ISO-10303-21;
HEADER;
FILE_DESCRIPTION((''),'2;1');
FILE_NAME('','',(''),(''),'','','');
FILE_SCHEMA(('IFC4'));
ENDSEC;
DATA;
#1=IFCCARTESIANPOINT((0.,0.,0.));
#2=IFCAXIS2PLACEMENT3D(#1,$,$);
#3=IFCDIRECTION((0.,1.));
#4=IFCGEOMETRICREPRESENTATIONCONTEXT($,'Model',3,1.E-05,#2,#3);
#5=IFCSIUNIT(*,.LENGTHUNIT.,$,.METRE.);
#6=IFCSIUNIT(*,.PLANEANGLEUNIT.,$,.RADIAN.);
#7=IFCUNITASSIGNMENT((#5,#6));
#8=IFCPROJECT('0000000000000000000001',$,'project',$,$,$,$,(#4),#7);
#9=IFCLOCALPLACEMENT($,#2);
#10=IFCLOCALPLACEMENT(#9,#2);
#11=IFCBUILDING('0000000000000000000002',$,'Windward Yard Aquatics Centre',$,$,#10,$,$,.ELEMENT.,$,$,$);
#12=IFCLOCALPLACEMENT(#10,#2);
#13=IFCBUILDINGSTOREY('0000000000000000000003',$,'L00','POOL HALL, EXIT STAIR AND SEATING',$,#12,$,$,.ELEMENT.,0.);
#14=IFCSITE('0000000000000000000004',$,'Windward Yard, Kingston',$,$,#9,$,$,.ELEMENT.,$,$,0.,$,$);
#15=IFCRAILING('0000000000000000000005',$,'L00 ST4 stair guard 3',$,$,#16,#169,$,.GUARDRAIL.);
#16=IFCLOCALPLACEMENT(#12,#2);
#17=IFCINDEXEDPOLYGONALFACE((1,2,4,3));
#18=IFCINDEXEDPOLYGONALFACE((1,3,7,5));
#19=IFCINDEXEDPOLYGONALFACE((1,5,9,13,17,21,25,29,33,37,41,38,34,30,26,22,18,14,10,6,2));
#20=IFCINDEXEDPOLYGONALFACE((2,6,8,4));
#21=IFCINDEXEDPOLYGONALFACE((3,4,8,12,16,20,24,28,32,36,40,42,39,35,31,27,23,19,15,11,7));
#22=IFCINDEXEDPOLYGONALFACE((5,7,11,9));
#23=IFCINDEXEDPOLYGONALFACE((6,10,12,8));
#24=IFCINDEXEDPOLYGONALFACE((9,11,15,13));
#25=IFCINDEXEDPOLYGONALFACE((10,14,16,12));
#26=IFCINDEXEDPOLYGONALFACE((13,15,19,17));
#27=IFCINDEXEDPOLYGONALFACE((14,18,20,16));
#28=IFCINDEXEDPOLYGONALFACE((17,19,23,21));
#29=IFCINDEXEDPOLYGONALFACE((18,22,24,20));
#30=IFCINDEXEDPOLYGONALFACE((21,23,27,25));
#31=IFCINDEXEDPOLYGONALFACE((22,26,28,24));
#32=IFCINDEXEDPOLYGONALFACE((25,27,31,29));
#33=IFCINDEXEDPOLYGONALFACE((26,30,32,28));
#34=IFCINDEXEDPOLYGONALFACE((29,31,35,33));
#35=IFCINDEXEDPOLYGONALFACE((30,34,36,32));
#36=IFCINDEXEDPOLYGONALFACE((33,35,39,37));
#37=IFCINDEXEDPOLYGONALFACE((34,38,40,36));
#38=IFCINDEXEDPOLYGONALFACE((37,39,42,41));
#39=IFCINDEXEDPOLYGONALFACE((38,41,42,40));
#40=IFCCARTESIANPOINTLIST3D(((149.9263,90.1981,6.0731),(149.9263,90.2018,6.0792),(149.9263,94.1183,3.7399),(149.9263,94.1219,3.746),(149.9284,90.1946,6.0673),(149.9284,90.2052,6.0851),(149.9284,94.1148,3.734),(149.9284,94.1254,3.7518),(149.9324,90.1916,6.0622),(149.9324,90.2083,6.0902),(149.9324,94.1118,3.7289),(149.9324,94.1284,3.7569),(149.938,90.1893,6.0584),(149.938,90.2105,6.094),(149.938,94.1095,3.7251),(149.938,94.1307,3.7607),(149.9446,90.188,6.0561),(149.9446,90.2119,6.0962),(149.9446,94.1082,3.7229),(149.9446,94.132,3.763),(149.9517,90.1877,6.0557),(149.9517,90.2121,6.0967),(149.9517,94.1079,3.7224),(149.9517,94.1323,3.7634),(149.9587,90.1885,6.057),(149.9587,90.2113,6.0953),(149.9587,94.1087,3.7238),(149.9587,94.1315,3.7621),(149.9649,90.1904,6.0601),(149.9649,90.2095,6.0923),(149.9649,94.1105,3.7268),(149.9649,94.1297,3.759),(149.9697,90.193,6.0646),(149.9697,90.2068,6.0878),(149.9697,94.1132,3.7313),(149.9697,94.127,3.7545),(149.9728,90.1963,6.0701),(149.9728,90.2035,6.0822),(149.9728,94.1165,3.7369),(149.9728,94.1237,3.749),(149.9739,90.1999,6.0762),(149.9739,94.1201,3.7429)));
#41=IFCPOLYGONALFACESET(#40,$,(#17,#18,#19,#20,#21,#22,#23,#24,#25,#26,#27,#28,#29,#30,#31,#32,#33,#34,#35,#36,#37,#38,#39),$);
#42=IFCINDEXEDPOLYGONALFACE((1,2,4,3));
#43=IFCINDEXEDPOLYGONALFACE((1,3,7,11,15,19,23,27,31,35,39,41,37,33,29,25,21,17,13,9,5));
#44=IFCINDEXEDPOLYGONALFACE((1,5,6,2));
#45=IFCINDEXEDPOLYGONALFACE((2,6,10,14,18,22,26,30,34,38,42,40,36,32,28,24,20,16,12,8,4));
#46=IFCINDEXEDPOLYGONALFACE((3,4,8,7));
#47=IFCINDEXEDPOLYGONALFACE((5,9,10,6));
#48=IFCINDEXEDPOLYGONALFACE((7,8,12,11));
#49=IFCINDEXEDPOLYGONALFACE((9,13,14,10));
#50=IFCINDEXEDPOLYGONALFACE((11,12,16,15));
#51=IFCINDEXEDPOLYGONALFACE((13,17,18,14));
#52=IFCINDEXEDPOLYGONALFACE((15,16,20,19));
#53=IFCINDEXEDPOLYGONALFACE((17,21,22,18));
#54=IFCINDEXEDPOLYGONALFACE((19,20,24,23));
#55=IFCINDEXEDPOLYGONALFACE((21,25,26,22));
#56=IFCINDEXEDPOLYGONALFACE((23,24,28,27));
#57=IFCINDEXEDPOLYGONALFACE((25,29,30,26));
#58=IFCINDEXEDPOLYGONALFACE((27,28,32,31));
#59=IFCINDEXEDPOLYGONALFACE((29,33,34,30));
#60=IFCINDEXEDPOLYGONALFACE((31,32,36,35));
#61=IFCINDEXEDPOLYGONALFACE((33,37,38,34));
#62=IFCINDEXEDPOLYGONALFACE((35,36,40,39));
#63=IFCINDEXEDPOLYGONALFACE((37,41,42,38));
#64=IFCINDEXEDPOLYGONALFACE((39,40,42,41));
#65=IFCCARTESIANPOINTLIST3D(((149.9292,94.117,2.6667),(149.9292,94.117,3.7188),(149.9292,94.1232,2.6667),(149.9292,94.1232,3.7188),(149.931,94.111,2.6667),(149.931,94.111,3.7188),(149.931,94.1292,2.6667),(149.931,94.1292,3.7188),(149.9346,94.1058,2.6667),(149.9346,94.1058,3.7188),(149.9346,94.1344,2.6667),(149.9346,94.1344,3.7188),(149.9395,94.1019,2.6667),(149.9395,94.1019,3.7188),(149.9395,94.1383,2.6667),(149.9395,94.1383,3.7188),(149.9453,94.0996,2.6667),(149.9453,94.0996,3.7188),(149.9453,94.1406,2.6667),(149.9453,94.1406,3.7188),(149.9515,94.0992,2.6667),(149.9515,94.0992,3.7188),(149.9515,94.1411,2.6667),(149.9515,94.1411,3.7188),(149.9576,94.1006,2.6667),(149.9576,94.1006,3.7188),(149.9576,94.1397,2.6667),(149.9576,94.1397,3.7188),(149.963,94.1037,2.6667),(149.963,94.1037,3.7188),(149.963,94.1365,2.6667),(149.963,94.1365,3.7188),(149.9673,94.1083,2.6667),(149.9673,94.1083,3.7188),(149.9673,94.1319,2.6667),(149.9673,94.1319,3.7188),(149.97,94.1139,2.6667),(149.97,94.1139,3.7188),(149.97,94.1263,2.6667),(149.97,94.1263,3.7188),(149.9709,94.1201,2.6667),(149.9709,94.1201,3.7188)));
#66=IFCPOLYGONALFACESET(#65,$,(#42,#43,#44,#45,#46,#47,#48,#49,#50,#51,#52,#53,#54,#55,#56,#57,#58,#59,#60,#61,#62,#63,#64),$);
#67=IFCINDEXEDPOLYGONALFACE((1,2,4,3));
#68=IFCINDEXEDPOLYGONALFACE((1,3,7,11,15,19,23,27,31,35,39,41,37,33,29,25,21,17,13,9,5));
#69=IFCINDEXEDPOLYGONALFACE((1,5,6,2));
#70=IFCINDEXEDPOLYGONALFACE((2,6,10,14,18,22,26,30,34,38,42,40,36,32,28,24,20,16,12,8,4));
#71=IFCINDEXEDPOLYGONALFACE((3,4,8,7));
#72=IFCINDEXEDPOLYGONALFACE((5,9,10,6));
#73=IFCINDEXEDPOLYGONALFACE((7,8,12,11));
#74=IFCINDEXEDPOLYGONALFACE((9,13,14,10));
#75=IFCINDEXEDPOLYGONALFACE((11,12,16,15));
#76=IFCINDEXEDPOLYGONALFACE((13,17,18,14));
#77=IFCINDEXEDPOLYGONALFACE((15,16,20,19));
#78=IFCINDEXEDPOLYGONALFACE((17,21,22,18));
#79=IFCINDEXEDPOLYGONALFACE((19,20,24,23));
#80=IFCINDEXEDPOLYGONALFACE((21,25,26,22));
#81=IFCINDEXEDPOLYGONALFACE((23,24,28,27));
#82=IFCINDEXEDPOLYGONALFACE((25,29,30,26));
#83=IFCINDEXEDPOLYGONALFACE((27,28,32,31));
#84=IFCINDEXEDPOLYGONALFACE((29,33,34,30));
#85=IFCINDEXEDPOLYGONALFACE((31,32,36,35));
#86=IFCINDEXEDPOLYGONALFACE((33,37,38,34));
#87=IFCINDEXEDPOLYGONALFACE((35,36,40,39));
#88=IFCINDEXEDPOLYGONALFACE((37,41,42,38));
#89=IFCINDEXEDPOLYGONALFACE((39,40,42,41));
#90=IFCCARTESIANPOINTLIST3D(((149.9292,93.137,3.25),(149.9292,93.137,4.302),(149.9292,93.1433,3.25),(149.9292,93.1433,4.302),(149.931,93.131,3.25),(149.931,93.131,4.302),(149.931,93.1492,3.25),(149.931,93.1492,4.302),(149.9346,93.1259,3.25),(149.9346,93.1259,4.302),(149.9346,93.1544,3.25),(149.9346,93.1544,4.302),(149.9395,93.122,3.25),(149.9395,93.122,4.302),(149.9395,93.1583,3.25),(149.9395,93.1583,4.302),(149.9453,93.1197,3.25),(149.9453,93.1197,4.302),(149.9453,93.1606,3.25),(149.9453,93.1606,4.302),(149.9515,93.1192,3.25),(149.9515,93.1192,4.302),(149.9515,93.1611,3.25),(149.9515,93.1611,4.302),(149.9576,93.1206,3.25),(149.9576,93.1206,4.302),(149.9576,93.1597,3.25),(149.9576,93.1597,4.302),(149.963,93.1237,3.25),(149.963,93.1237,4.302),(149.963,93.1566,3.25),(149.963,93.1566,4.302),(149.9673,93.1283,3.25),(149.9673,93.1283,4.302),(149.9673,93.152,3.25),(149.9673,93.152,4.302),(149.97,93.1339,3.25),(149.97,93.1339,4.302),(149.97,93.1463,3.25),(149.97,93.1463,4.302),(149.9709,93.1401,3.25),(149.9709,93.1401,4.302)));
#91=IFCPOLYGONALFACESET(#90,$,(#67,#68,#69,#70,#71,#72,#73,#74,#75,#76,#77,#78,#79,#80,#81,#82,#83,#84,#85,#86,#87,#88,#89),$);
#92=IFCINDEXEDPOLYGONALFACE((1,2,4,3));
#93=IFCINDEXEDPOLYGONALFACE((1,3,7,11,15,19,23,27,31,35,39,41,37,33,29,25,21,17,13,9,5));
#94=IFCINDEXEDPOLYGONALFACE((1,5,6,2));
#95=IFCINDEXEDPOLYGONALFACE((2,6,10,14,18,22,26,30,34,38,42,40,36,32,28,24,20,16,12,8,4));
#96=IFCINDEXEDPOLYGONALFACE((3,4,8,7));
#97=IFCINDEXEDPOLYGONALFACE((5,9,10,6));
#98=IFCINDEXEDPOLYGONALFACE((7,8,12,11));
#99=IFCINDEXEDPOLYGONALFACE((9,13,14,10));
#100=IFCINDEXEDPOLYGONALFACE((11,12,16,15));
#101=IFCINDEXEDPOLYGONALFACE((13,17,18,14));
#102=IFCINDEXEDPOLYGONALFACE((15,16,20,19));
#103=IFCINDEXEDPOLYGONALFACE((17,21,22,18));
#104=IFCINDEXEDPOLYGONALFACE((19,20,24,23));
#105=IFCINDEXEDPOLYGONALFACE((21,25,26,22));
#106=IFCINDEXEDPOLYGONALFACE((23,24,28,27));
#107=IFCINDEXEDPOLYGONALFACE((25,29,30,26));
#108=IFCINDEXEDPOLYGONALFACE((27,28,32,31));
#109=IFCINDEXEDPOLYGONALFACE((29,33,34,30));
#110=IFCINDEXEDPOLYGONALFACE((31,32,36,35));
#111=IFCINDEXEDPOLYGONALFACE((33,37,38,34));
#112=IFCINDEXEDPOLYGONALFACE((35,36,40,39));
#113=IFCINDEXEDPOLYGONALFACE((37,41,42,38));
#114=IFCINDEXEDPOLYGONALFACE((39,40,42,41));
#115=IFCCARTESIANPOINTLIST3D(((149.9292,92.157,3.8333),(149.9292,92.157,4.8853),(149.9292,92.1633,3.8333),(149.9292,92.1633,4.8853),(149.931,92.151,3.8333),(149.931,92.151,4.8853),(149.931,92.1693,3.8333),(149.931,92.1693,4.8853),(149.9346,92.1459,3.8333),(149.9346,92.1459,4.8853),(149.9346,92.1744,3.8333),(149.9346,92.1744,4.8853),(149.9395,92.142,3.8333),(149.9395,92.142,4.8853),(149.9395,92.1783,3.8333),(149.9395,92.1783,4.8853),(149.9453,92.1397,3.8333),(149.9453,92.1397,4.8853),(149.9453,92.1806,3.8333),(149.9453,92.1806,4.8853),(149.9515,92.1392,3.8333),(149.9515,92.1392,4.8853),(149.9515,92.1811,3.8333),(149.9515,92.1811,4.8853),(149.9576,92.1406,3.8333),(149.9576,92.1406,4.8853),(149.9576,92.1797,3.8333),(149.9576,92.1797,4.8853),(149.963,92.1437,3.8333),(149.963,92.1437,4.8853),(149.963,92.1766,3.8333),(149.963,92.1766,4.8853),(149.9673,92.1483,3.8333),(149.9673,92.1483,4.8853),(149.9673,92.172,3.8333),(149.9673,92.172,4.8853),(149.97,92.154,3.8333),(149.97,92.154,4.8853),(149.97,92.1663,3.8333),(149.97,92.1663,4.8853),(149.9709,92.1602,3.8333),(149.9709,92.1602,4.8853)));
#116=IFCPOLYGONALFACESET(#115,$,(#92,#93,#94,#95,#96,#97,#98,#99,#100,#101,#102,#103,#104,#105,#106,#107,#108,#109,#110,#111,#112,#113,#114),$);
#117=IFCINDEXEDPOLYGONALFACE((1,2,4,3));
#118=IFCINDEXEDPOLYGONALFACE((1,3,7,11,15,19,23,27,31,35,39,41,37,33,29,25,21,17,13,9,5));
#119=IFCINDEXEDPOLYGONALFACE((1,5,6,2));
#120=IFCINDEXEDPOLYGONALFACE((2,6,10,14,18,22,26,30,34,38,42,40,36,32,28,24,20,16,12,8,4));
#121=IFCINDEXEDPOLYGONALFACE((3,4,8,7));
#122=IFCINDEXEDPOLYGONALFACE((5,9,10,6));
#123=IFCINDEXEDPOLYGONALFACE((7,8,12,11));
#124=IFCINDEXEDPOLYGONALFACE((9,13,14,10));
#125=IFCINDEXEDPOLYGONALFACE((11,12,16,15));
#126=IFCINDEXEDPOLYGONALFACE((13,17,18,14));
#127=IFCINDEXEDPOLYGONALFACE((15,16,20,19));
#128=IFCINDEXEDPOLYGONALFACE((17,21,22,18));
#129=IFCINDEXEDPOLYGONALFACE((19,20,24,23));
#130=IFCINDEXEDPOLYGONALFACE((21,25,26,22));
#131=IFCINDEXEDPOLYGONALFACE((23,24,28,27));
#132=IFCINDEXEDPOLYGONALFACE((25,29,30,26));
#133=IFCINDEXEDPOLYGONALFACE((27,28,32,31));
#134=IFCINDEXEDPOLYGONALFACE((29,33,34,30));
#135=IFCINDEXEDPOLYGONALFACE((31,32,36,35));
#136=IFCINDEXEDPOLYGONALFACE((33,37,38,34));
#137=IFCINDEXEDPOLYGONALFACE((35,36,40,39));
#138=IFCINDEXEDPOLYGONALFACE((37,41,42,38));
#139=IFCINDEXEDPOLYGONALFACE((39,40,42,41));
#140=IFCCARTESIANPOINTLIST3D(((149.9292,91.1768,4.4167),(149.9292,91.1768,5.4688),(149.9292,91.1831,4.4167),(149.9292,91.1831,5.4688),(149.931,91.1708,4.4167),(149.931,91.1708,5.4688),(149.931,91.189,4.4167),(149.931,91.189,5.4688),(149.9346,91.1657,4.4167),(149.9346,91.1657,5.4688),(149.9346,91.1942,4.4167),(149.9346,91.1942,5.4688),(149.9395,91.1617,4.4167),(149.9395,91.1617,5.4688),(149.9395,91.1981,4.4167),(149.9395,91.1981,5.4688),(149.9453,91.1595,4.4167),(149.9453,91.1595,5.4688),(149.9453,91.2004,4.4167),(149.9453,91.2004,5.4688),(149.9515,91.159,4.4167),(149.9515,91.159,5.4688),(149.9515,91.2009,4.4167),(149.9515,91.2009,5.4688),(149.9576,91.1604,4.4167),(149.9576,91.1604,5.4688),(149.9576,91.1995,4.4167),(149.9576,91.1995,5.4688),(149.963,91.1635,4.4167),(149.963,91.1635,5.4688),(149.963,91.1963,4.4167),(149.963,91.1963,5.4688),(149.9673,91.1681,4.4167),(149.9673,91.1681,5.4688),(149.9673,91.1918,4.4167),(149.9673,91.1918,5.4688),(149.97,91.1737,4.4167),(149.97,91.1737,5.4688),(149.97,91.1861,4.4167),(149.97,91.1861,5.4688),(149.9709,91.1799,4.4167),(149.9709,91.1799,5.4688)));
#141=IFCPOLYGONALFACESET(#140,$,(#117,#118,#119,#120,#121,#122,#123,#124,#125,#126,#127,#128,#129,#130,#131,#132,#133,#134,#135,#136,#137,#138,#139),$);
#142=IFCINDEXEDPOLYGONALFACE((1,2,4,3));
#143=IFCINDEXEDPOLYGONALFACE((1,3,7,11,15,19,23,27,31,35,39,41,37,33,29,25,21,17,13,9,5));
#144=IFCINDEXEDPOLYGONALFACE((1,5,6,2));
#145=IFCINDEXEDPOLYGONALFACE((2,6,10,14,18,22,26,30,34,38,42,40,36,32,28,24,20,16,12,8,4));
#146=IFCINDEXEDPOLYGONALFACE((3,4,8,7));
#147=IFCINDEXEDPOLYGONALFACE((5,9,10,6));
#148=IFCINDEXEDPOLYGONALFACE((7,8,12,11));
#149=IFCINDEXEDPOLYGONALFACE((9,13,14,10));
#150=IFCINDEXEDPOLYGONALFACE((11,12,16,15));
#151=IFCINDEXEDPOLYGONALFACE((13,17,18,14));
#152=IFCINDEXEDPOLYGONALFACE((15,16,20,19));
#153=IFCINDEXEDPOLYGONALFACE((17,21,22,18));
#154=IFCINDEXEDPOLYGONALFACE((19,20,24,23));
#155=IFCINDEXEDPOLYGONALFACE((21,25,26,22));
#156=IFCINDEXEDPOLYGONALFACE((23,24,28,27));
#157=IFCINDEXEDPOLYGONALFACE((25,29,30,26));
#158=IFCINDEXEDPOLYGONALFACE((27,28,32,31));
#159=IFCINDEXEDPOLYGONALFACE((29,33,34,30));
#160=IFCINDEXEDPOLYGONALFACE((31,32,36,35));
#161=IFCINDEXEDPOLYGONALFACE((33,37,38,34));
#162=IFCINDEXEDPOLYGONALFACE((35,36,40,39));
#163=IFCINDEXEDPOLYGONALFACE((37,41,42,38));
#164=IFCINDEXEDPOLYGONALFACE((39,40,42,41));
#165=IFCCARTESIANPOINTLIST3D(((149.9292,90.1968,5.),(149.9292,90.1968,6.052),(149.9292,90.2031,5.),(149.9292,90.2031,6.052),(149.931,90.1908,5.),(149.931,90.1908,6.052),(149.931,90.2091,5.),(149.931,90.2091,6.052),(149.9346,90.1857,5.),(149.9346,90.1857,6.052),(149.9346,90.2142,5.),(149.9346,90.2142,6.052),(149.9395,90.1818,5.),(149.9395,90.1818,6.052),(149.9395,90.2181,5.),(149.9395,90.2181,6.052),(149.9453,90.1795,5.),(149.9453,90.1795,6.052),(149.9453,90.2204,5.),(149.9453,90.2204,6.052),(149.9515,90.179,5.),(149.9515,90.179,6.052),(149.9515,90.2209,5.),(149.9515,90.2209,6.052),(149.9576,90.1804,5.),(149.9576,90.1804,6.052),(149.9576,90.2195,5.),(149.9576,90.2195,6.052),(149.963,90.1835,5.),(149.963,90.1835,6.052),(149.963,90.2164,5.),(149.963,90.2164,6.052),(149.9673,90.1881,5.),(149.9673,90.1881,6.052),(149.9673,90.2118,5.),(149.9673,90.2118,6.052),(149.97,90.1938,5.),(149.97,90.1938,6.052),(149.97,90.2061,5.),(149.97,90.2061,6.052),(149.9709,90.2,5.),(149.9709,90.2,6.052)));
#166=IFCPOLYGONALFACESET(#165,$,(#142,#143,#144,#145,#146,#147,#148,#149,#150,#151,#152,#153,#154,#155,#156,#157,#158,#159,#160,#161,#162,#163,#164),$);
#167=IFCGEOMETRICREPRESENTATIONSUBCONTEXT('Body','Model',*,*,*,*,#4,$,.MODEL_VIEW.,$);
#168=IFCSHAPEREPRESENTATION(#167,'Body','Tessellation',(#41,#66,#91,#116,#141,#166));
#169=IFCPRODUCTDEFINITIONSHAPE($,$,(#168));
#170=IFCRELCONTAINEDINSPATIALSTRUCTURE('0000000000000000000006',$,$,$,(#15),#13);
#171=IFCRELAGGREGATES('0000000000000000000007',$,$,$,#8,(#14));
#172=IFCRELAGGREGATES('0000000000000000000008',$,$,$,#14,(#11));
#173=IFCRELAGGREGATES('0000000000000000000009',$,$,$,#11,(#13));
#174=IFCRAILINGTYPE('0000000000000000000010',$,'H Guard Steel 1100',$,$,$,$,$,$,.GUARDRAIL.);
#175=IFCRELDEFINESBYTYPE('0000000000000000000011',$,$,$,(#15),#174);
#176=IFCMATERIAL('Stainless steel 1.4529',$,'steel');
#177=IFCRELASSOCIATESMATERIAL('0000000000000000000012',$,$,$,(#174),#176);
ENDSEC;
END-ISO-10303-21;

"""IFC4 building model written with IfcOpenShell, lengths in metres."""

from ifc_helpers import new_model, si_unit, direction, frame, origin, origin_2d, place, context, subcontext, project, spatial, circle, extrude, material, type_object, element, save


model = new_model("IFC4")

# Units and contexts
model_context = context("Model", 3, precision=1e-05, world=origin(), true_north=direction((0.0, 1.0)))
body_context = subcontext(model_context, "Body", "Model", "MODEL_VIEW")
ifc_project = project(units=[si_unit("LENGTHUNIT", "METRE"), si_unit("PLANEANGLEUNIT", "RADIAN")], contexts=[model_context])

# Site, building, storey
site_placement = place(None, origin())
site = spatial("IfcSite", under=ifc_project, at=site_placement, Name="Windward Yard, Kingston", CompositionType="ELEMENT", RefElevation=0.0)
building_placement = place(site_placement, origin())
building = spatial("IfcBuilding", under=site, at=building_placement, Name="Windward Yard Aquatics Centre", CompositionType="ELEMENT")
storey_placement = place(building_placement, origin())
storey = spatial("IfcBuildingStorey", under=building, at=storey_placement, Name="L00", Description="POOL HALL, EXIT STAIR AND SEATING", CompositionType="ELEMENT", Elevation=0.0)

# Railing
ifc_material_1 = material(Name="Stainless steel 1.4529", Category="steel")
railing_type_1 = type_object("IfcRailingType", Name="H Guard Steel 1100", PredefinedType="GUARDRAIL", material=ifc_material_1)
railing_1_placement = place(storey_placement, frame((149.95, 94.1201, 2.6667)))
element("IfcRailing", 1, at=railing_1_placement, inside=storey, type_object=railing_type_1, Name="L00 ST4 stair guard 3", PredefinedType="GUARDRAIL", context=body_context, shape_type="SweptSolid", body=[
    extrude(circle(Radius=0.0239, at=origin_2d()), frame((0.0, 0.0, 1.0762), z_axis=(0.0, -0.85931, 0.511455), x_axis=(1.0, 0.0, 0.0)), (0.0, 0.0, 1.0), 4.562),
    extrude(circle(Radius=0.021, at=origin_2d()), origin(), (0.0, 0.0, 1.0), 1.052),
    extrude(circle(Radius=0.021, at=origin_2d()), frame((0.0, -0.98, 0.5833)), (0.0, 0.0, 1.0), 1.052),
    extrude(circle(Radius=0.021, at=origin_2d()), frame((0.0, -1.96, 1.1665)), (0.0, 0.0, 1.0), 1.052),
    extrude(circle(Radius=0.021, at=origin_2d()), frame((0.0, -2.9402, 1.75)), (0.0, 0.0, 1.0), 1.052),
    extrude(circle(Radius=0.021, at=origin_2d()), frame((0.0, -3.9202, 2.3333)), (0.0, 0.0, 1.0), 1.052),
])

save(model, "model.ifc")
